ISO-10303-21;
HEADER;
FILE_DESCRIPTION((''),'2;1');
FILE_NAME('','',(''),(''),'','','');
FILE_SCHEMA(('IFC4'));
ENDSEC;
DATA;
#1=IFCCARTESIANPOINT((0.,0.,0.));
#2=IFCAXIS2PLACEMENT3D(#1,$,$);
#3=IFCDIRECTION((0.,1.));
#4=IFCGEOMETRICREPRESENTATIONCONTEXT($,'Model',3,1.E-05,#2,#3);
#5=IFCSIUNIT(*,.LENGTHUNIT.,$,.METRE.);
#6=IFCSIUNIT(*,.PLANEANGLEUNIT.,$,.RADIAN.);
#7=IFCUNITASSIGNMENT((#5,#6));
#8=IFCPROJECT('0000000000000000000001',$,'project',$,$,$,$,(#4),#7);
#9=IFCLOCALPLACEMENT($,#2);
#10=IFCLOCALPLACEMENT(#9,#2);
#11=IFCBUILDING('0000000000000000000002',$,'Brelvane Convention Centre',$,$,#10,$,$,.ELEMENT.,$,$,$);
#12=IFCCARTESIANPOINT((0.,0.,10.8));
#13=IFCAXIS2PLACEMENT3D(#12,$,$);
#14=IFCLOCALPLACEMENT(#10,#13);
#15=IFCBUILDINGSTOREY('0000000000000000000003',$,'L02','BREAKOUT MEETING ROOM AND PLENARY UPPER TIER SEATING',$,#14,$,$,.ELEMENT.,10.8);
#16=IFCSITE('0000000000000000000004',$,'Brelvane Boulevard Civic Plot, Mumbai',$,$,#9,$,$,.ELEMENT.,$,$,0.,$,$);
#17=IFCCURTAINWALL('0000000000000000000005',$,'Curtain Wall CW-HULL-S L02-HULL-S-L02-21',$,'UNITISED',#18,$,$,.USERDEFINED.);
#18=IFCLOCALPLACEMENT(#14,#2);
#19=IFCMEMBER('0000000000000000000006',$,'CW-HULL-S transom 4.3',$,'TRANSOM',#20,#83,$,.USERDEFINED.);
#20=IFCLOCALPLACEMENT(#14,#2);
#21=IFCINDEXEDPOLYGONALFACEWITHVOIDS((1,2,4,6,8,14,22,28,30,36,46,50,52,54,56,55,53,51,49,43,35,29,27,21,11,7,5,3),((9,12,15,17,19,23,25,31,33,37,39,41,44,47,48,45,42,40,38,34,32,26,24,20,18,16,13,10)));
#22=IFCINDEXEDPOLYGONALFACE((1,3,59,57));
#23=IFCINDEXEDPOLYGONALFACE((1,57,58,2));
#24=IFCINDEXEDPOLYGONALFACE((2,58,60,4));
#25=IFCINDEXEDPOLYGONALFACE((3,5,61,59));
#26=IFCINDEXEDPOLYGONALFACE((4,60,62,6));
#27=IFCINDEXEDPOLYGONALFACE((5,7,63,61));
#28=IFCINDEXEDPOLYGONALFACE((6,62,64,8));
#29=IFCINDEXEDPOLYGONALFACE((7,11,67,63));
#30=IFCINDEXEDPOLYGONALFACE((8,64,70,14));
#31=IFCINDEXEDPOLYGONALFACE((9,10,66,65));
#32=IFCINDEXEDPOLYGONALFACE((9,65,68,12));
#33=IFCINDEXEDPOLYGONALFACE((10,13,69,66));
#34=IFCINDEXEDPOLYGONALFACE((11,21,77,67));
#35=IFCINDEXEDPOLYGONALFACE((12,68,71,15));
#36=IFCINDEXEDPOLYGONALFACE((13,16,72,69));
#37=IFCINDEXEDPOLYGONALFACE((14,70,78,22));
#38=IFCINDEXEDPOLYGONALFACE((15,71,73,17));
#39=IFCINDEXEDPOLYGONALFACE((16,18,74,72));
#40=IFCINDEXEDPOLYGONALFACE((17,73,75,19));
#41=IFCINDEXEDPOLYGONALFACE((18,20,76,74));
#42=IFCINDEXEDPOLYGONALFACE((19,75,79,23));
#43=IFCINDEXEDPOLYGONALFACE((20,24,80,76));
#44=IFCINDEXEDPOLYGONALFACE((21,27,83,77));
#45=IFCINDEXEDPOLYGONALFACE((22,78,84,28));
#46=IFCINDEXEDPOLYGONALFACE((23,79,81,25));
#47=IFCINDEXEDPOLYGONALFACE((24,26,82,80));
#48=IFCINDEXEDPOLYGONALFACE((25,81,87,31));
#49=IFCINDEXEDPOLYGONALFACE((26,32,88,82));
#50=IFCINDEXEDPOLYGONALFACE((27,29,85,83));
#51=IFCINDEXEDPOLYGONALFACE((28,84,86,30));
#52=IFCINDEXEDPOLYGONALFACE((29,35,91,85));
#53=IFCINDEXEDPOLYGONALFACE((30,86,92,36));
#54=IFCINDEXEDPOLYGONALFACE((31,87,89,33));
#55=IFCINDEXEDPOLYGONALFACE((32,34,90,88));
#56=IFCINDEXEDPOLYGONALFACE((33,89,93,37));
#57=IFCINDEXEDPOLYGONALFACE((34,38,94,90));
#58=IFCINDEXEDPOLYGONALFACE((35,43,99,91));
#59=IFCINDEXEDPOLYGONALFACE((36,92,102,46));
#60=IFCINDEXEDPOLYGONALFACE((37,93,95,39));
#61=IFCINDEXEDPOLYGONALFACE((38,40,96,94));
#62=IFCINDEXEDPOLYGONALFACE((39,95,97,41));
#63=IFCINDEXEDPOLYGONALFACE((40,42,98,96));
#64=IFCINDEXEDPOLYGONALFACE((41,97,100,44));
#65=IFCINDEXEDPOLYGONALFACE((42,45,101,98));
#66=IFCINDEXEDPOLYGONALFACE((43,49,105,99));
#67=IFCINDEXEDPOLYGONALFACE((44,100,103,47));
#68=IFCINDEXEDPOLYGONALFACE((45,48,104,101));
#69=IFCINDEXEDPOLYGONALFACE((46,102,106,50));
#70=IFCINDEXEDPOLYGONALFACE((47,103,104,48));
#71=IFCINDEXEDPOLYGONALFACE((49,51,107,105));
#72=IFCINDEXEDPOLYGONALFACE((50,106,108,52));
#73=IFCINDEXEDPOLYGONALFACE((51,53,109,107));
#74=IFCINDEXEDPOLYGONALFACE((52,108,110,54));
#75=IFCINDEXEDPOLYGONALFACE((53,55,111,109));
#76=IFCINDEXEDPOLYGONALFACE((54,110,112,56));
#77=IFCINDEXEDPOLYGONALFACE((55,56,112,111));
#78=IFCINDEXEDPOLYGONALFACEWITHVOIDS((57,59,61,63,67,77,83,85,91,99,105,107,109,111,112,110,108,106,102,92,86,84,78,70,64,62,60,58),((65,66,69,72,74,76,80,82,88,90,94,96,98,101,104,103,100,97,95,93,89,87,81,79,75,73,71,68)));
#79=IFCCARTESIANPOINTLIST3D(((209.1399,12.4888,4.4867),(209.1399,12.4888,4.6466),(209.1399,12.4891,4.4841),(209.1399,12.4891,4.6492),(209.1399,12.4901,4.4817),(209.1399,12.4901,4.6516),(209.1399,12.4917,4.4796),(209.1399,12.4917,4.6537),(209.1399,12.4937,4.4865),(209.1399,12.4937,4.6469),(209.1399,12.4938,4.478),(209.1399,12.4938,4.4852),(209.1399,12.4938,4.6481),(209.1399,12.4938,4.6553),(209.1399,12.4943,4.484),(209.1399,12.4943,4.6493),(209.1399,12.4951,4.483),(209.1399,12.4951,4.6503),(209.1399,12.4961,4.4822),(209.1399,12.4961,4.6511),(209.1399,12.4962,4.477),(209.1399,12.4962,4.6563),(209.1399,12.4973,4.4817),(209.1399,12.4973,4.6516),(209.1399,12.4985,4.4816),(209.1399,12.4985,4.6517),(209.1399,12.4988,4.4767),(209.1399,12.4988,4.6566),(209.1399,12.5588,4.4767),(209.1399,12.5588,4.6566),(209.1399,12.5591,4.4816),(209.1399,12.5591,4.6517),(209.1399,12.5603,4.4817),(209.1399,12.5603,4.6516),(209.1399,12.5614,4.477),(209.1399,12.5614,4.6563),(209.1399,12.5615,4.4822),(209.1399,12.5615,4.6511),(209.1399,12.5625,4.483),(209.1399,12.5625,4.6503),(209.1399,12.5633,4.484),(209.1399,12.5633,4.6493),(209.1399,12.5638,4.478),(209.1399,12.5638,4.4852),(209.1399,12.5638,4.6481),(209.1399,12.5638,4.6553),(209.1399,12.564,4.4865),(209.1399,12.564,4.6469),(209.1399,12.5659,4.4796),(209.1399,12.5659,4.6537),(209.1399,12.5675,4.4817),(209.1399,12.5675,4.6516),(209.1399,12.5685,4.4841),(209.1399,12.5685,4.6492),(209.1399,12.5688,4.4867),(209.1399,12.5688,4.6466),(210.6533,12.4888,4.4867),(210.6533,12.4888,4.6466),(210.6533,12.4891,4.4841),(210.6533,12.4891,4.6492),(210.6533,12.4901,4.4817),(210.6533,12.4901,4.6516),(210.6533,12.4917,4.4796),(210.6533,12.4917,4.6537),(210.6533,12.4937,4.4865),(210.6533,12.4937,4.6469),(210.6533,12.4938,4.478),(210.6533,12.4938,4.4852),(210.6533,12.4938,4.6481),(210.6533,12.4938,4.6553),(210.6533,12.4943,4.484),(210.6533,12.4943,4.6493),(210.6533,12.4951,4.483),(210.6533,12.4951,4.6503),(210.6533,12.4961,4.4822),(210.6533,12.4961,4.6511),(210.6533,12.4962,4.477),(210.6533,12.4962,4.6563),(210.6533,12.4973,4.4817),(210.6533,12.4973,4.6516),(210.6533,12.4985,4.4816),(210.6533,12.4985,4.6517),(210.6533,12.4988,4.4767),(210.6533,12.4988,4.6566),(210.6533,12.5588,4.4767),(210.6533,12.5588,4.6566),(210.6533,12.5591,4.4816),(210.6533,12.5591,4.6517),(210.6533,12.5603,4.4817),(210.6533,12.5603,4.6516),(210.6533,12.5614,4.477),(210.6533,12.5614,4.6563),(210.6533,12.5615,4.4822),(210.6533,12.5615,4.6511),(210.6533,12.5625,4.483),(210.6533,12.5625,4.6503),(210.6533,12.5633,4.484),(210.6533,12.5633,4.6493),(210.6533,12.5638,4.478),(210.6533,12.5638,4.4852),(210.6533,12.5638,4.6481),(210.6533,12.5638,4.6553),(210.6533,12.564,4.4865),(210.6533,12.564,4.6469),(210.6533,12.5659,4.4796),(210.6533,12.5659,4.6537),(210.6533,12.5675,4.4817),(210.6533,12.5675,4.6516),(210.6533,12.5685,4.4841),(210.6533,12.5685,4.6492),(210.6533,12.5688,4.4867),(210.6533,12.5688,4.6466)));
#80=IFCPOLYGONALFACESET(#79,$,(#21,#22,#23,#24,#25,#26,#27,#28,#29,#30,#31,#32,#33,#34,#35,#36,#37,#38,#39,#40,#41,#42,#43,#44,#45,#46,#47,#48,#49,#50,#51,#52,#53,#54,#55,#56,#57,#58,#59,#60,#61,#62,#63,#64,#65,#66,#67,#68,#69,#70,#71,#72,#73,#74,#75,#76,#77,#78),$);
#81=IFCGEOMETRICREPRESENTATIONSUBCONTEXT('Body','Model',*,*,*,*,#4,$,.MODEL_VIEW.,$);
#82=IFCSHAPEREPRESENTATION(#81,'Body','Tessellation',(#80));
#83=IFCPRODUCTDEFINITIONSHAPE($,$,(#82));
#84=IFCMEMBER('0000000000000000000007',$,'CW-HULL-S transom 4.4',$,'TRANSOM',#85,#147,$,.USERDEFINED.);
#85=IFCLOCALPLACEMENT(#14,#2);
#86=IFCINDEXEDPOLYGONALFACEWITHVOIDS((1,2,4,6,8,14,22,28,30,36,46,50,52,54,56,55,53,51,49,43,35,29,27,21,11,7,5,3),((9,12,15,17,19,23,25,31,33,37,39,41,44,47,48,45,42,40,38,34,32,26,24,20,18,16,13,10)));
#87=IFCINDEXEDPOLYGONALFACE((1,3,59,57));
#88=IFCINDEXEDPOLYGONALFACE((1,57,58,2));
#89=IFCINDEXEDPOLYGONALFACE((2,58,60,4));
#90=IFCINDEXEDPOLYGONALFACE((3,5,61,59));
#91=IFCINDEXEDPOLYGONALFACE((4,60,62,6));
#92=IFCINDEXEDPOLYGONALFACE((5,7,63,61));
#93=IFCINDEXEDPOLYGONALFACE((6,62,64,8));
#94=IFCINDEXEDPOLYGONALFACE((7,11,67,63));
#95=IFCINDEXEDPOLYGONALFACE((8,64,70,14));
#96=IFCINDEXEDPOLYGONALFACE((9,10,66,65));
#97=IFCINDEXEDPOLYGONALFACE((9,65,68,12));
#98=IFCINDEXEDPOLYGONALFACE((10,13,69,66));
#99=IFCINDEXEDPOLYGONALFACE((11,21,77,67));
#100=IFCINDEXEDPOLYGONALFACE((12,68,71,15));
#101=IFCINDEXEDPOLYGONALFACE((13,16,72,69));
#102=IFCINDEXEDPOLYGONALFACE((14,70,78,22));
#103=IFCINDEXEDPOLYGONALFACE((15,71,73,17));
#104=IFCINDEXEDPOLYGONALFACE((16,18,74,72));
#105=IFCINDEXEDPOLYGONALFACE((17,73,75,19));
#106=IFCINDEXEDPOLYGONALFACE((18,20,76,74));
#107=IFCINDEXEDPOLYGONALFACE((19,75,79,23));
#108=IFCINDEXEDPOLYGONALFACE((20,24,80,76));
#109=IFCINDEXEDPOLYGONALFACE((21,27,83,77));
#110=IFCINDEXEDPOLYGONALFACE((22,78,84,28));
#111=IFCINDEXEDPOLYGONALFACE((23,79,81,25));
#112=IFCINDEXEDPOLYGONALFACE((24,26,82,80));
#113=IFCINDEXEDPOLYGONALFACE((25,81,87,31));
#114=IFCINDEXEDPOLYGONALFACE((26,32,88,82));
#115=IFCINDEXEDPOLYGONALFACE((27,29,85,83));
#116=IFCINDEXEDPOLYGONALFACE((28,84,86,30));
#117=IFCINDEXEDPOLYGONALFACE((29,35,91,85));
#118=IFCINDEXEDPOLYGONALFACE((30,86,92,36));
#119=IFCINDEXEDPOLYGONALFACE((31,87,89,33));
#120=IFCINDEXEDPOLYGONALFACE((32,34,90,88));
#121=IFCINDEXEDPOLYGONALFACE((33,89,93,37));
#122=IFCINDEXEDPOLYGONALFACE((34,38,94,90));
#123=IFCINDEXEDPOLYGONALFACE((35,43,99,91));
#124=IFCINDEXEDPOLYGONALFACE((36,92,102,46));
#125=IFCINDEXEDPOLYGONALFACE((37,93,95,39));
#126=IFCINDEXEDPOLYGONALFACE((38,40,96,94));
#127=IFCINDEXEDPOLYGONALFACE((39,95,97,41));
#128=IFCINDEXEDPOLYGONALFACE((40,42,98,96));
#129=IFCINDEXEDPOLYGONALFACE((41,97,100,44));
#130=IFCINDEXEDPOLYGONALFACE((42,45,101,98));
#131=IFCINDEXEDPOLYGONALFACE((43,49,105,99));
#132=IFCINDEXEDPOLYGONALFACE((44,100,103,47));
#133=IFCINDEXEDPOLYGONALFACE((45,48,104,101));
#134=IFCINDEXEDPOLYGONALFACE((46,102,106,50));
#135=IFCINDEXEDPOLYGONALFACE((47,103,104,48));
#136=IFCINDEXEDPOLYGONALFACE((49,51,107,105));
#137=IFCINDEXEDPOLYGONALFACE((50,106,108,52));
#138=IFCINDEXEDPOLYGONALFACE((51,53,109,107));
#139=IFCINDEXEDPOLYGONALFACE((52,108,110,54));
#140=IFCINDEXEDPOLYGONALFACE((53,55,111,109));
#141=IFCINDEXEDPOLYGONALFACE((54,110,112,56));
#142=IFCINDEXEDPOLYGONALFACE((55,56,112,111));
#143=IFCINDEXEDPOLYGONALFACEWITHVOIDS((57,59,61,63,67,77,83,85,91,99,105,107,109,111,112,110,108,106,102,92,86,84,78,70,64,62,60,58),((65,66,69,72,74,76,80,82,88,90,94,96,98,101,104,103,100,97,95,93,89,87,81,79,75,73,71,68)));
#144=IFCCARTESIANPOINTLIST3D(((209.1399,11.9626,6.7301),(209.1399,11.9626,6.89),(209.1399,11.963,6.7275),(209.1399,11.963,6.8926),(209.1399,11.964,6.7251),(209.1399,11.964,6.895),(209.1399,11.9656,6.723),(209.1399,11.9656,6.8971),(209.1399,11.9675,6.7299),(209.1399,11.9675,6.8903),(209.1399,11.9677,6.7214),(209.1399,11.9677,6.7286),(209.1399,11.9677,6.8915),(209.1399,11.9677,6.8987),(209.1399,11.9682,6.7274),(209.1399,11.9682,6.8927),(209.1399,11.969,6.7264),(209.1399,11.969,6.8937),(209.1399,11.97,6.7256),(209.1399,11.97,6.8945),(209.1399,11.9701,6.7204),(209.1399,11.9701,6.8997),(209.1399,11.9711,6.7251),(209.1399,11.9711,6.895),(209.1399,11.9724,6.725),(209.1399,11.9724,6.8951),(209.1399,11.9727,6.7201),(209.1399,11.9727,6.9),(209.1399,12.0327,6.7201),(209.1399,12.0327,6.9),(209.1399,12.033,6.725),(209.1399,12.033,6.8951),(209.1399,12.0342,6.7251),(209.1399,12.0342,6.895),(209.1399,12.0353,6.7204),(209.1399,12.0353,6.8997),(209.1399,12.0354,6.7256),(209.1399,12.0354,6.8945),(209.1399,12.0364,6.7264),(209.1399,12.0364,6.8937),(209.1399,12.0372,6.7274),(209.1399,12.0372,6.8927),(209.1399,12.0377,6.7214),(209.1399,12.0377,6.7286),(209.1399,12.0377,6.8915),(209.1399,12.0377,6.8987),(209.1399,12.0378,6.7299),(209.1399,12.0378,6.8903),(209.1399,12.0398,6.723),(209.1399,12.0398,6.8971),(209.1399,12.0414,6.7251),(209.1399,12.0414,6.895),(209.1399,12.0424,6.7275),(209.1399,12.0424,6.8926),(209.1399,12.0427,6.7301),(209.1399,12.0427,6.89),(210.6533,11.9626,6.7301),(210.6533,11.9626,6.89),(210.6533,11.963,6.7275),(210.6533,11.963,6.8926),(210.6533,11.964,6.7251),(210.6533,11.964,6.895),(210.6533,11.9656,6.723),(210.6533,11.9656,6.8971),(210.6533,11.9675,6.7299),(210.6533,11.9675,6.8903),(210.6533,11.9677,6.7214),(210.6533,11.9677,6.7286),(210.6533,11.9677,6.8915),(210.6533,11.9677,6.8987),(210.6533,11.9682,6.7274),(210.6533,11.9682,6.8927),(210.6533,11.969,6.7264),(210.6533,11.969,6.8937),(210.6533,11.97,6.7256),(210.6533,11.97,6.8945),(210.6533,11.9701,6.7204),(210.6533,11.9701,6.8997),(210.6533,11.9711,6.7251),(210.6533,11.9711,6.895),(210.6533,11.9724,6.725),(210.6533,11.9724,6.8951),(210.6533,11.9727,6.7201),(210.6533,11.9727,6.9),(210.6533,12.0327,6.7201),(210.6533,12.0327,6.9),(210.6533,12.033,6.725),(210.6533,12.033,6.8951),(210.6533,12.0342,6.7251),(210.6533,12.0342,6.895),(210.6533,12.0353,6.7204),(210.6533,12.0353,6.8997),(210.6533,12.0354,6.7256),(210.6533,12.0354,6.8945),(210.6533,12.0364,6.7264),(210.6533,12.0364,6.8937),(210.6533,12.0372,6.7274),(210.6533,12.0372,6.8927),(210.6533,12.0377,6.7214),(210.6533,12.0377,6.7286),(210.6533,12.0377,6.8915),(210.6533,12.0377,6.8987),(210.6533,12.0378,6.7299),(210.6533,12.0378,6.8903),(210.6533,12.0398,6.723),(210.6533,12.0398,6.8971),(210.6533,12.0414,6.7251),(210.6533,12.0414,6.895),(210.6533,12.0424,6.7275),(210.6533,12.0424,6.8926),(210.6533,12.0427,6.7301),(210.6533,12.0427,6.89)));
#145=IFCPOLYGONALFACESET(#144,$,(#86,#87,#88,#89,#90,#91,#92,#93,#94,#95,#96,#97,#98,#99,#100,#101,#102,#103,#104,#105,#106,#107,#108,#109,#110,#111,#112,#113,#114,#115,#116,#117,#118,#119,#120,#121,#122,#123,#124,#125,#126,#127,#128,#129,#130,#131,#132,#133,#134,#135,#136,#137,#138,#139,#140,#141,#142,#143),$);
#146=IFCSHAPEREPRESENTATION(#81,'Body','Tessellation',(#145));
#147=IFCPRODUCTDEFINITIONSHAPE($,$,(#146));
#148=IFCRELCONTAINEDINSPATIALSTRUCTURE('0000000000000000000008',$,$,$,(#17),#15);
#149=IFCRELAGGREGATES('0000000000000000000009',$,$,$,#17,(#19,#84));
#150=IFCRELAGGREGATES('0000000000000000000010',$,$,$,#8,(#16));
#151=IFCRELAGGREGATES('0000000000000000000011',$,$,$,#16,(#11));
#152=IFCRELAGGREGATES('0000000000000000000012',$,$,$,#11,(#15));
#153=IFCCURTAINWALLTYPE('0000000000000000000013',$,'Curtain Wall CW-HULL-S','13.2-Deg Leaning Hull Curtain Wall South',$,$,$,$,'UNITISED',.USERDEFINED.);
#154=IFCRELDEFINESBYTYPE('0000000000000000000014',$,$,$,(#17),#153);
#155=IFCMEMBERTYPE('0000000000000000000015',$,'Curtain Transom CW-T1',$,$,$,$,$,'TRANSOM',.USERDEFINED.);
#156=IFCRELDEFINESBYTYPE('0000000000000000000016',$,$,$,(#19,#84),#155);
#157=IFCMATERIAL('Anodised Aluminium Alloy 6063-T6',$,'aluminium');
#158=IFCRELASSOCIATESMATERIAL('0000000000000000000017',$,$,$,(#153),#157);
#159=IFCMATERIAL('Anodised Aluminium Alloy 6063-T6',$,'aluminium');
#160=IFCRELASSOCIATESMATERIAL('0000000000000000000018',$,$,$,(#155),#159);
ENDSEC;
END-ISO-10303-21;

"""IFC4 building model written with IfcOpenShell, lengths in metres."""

from ifc_helpers import new_model, si_unit, direction, frame, origin, origin_2d, place, context, subcontext, project, spatial, hollow_rectangle, extrude, material, material_profile, profile_set, type_object, element, aggregate, save


model = new_model("IFC4")

# Units and contexts
model_context = context("Model", 3, precision=1e-05, world=origin(), true_north=direction((0.0, 1.0)))
body_context = subcontext(model_context, "Body", "Model", "MODEL_VIEW")
ifc_project = project(units=[si_unit("LENGTHUNIT", "METRE"), si_unit("PLANEANGLEUNIT", "RADIAN")], contexts=[model_context])

# Site, building, storey
site_placement = place(None, origin())
site = spatial("IfcSite", under=ifc_project, at=site_placement, Name="Brelvane Boulevard Civic Plot, Mumbai", CompositionType="ELEMENT", RefElevation=0.0)
building_placement = place(site_placement, origin())
building = spatial("IfcBuilding", under=site, at=building_placement, Name="Brelvane Convention Centre", CompositionType="ELEMENT")
storey_placement = place(building_placement, frame((0.0, 0.0, 10.8)))
storey = spatial("IfcBuildingStorey", under=building, at=storey_placement, Name="L02", Description="BREAKOUT MEETING ROOM AND PLENARY UPPER TIER SEATING", CompositionType="ELEMENT", Elevation=10.8)

# Curtain wall, members
ifc_material_1 = material(Name="Anodised Aluminium Alloy 6063-T6", Category="aluminium")
curtain_wall_type = type_object("IfcCurtainWallType", Name="Curtain Wall CW-HULL-S", Description="13.2-Deg Leaning Hull Curtain Wall South", ElementType="UNITISED", PredefinedType="USERDEFINED", material=ifc_material_1)
curtain_wall_placement = place(storey_placement, origin())
curtain_wall = element("IfcCurtainWall", 1, at=curtain_wall_placement, inside=storey, type_object=curtain_wall_type, Name="Curtain Wall CW-HULL-S L02-HULL-S-L02-21", ObjectType="UNITISED", PredefinedType="USERDEFINED")
ifc_material_2 = material(Name="Anodised Aluminium Alloy 6063-T6", Category="aluminium")
ifc_material_profile_1 = material_profile(ifc_material_2, hollow_rectangle(XDim=0.0801, YDim=0.1799, WallThickness=0.0049, InnerFilletRadius=0.0049, OuterFilletRadius=0.01, at=origin_2d()), Name="ALU-T 180x80x5.0")
ifc_profile_set_1 = profile_set([ifc_material_profile_1], Name="Anodised Aluminium Alloy 6063-T6")
member_type_1 = type_object("IfcMemberType", Name="Curtain Transom CW-T1", ElementType="TRANSOM", PredefinedType="USERDEFINED", material=ifc_profile_set_1)
member_1_placement = place(storey_placement, frame((209.1399, 12.5288, 4.5667), z_axis=(1.0, 0.0, 0.0), x_axis=(0.0, 1.0, 0.0)))
member_1 = element("IfcMember", 2, at=member_1_placement, type_object=member_type_1, Name="CW-HULL-S transom 4.3", ObjectType="TRANSOM", PredefinedType="USERDEFINED", context=body_context, shape_type="SweptSolid", body=[
    extrude(hollow_rectangle(XDim=0.0801, YDim=0.1799, WallThickness=0.0049, InnerFilletRadius=0.0049, OuterFilletRadius=0.01, at=origin_2d()), origin(), (0.0, 0.0, 1.0), 1.5134),
])
member_2_placement = place(storey_placement, frame((209.1399, 12.0027, 6.8101), z_axis=(1.0, 0.0, 0.0), x_axis=(0.0, 1.0, 0.0)))
member_2 = element("IfcMember", 3, at=member_2_placement, type_object=member_type_1, Name="CW-HULL-S transom 4.4", ObjectType="TRANSOM", PredefinedType="USERDEFINED", context=body_context, shape_type="SweptSolid", body=[
    extrude(hollow_rectangle(XDim=0.0801, YDim=0.1799, WallThickness=0.0049, InnerFilletRadius=0.0049, OuterFilletRadius=0.01, at=origin_2d()), origin(), (0.0, 0.0, 1.0), 1.5134),
])

aggregate(curtain_wall, [member_1, member_2])

save(model, "model.ifc")
